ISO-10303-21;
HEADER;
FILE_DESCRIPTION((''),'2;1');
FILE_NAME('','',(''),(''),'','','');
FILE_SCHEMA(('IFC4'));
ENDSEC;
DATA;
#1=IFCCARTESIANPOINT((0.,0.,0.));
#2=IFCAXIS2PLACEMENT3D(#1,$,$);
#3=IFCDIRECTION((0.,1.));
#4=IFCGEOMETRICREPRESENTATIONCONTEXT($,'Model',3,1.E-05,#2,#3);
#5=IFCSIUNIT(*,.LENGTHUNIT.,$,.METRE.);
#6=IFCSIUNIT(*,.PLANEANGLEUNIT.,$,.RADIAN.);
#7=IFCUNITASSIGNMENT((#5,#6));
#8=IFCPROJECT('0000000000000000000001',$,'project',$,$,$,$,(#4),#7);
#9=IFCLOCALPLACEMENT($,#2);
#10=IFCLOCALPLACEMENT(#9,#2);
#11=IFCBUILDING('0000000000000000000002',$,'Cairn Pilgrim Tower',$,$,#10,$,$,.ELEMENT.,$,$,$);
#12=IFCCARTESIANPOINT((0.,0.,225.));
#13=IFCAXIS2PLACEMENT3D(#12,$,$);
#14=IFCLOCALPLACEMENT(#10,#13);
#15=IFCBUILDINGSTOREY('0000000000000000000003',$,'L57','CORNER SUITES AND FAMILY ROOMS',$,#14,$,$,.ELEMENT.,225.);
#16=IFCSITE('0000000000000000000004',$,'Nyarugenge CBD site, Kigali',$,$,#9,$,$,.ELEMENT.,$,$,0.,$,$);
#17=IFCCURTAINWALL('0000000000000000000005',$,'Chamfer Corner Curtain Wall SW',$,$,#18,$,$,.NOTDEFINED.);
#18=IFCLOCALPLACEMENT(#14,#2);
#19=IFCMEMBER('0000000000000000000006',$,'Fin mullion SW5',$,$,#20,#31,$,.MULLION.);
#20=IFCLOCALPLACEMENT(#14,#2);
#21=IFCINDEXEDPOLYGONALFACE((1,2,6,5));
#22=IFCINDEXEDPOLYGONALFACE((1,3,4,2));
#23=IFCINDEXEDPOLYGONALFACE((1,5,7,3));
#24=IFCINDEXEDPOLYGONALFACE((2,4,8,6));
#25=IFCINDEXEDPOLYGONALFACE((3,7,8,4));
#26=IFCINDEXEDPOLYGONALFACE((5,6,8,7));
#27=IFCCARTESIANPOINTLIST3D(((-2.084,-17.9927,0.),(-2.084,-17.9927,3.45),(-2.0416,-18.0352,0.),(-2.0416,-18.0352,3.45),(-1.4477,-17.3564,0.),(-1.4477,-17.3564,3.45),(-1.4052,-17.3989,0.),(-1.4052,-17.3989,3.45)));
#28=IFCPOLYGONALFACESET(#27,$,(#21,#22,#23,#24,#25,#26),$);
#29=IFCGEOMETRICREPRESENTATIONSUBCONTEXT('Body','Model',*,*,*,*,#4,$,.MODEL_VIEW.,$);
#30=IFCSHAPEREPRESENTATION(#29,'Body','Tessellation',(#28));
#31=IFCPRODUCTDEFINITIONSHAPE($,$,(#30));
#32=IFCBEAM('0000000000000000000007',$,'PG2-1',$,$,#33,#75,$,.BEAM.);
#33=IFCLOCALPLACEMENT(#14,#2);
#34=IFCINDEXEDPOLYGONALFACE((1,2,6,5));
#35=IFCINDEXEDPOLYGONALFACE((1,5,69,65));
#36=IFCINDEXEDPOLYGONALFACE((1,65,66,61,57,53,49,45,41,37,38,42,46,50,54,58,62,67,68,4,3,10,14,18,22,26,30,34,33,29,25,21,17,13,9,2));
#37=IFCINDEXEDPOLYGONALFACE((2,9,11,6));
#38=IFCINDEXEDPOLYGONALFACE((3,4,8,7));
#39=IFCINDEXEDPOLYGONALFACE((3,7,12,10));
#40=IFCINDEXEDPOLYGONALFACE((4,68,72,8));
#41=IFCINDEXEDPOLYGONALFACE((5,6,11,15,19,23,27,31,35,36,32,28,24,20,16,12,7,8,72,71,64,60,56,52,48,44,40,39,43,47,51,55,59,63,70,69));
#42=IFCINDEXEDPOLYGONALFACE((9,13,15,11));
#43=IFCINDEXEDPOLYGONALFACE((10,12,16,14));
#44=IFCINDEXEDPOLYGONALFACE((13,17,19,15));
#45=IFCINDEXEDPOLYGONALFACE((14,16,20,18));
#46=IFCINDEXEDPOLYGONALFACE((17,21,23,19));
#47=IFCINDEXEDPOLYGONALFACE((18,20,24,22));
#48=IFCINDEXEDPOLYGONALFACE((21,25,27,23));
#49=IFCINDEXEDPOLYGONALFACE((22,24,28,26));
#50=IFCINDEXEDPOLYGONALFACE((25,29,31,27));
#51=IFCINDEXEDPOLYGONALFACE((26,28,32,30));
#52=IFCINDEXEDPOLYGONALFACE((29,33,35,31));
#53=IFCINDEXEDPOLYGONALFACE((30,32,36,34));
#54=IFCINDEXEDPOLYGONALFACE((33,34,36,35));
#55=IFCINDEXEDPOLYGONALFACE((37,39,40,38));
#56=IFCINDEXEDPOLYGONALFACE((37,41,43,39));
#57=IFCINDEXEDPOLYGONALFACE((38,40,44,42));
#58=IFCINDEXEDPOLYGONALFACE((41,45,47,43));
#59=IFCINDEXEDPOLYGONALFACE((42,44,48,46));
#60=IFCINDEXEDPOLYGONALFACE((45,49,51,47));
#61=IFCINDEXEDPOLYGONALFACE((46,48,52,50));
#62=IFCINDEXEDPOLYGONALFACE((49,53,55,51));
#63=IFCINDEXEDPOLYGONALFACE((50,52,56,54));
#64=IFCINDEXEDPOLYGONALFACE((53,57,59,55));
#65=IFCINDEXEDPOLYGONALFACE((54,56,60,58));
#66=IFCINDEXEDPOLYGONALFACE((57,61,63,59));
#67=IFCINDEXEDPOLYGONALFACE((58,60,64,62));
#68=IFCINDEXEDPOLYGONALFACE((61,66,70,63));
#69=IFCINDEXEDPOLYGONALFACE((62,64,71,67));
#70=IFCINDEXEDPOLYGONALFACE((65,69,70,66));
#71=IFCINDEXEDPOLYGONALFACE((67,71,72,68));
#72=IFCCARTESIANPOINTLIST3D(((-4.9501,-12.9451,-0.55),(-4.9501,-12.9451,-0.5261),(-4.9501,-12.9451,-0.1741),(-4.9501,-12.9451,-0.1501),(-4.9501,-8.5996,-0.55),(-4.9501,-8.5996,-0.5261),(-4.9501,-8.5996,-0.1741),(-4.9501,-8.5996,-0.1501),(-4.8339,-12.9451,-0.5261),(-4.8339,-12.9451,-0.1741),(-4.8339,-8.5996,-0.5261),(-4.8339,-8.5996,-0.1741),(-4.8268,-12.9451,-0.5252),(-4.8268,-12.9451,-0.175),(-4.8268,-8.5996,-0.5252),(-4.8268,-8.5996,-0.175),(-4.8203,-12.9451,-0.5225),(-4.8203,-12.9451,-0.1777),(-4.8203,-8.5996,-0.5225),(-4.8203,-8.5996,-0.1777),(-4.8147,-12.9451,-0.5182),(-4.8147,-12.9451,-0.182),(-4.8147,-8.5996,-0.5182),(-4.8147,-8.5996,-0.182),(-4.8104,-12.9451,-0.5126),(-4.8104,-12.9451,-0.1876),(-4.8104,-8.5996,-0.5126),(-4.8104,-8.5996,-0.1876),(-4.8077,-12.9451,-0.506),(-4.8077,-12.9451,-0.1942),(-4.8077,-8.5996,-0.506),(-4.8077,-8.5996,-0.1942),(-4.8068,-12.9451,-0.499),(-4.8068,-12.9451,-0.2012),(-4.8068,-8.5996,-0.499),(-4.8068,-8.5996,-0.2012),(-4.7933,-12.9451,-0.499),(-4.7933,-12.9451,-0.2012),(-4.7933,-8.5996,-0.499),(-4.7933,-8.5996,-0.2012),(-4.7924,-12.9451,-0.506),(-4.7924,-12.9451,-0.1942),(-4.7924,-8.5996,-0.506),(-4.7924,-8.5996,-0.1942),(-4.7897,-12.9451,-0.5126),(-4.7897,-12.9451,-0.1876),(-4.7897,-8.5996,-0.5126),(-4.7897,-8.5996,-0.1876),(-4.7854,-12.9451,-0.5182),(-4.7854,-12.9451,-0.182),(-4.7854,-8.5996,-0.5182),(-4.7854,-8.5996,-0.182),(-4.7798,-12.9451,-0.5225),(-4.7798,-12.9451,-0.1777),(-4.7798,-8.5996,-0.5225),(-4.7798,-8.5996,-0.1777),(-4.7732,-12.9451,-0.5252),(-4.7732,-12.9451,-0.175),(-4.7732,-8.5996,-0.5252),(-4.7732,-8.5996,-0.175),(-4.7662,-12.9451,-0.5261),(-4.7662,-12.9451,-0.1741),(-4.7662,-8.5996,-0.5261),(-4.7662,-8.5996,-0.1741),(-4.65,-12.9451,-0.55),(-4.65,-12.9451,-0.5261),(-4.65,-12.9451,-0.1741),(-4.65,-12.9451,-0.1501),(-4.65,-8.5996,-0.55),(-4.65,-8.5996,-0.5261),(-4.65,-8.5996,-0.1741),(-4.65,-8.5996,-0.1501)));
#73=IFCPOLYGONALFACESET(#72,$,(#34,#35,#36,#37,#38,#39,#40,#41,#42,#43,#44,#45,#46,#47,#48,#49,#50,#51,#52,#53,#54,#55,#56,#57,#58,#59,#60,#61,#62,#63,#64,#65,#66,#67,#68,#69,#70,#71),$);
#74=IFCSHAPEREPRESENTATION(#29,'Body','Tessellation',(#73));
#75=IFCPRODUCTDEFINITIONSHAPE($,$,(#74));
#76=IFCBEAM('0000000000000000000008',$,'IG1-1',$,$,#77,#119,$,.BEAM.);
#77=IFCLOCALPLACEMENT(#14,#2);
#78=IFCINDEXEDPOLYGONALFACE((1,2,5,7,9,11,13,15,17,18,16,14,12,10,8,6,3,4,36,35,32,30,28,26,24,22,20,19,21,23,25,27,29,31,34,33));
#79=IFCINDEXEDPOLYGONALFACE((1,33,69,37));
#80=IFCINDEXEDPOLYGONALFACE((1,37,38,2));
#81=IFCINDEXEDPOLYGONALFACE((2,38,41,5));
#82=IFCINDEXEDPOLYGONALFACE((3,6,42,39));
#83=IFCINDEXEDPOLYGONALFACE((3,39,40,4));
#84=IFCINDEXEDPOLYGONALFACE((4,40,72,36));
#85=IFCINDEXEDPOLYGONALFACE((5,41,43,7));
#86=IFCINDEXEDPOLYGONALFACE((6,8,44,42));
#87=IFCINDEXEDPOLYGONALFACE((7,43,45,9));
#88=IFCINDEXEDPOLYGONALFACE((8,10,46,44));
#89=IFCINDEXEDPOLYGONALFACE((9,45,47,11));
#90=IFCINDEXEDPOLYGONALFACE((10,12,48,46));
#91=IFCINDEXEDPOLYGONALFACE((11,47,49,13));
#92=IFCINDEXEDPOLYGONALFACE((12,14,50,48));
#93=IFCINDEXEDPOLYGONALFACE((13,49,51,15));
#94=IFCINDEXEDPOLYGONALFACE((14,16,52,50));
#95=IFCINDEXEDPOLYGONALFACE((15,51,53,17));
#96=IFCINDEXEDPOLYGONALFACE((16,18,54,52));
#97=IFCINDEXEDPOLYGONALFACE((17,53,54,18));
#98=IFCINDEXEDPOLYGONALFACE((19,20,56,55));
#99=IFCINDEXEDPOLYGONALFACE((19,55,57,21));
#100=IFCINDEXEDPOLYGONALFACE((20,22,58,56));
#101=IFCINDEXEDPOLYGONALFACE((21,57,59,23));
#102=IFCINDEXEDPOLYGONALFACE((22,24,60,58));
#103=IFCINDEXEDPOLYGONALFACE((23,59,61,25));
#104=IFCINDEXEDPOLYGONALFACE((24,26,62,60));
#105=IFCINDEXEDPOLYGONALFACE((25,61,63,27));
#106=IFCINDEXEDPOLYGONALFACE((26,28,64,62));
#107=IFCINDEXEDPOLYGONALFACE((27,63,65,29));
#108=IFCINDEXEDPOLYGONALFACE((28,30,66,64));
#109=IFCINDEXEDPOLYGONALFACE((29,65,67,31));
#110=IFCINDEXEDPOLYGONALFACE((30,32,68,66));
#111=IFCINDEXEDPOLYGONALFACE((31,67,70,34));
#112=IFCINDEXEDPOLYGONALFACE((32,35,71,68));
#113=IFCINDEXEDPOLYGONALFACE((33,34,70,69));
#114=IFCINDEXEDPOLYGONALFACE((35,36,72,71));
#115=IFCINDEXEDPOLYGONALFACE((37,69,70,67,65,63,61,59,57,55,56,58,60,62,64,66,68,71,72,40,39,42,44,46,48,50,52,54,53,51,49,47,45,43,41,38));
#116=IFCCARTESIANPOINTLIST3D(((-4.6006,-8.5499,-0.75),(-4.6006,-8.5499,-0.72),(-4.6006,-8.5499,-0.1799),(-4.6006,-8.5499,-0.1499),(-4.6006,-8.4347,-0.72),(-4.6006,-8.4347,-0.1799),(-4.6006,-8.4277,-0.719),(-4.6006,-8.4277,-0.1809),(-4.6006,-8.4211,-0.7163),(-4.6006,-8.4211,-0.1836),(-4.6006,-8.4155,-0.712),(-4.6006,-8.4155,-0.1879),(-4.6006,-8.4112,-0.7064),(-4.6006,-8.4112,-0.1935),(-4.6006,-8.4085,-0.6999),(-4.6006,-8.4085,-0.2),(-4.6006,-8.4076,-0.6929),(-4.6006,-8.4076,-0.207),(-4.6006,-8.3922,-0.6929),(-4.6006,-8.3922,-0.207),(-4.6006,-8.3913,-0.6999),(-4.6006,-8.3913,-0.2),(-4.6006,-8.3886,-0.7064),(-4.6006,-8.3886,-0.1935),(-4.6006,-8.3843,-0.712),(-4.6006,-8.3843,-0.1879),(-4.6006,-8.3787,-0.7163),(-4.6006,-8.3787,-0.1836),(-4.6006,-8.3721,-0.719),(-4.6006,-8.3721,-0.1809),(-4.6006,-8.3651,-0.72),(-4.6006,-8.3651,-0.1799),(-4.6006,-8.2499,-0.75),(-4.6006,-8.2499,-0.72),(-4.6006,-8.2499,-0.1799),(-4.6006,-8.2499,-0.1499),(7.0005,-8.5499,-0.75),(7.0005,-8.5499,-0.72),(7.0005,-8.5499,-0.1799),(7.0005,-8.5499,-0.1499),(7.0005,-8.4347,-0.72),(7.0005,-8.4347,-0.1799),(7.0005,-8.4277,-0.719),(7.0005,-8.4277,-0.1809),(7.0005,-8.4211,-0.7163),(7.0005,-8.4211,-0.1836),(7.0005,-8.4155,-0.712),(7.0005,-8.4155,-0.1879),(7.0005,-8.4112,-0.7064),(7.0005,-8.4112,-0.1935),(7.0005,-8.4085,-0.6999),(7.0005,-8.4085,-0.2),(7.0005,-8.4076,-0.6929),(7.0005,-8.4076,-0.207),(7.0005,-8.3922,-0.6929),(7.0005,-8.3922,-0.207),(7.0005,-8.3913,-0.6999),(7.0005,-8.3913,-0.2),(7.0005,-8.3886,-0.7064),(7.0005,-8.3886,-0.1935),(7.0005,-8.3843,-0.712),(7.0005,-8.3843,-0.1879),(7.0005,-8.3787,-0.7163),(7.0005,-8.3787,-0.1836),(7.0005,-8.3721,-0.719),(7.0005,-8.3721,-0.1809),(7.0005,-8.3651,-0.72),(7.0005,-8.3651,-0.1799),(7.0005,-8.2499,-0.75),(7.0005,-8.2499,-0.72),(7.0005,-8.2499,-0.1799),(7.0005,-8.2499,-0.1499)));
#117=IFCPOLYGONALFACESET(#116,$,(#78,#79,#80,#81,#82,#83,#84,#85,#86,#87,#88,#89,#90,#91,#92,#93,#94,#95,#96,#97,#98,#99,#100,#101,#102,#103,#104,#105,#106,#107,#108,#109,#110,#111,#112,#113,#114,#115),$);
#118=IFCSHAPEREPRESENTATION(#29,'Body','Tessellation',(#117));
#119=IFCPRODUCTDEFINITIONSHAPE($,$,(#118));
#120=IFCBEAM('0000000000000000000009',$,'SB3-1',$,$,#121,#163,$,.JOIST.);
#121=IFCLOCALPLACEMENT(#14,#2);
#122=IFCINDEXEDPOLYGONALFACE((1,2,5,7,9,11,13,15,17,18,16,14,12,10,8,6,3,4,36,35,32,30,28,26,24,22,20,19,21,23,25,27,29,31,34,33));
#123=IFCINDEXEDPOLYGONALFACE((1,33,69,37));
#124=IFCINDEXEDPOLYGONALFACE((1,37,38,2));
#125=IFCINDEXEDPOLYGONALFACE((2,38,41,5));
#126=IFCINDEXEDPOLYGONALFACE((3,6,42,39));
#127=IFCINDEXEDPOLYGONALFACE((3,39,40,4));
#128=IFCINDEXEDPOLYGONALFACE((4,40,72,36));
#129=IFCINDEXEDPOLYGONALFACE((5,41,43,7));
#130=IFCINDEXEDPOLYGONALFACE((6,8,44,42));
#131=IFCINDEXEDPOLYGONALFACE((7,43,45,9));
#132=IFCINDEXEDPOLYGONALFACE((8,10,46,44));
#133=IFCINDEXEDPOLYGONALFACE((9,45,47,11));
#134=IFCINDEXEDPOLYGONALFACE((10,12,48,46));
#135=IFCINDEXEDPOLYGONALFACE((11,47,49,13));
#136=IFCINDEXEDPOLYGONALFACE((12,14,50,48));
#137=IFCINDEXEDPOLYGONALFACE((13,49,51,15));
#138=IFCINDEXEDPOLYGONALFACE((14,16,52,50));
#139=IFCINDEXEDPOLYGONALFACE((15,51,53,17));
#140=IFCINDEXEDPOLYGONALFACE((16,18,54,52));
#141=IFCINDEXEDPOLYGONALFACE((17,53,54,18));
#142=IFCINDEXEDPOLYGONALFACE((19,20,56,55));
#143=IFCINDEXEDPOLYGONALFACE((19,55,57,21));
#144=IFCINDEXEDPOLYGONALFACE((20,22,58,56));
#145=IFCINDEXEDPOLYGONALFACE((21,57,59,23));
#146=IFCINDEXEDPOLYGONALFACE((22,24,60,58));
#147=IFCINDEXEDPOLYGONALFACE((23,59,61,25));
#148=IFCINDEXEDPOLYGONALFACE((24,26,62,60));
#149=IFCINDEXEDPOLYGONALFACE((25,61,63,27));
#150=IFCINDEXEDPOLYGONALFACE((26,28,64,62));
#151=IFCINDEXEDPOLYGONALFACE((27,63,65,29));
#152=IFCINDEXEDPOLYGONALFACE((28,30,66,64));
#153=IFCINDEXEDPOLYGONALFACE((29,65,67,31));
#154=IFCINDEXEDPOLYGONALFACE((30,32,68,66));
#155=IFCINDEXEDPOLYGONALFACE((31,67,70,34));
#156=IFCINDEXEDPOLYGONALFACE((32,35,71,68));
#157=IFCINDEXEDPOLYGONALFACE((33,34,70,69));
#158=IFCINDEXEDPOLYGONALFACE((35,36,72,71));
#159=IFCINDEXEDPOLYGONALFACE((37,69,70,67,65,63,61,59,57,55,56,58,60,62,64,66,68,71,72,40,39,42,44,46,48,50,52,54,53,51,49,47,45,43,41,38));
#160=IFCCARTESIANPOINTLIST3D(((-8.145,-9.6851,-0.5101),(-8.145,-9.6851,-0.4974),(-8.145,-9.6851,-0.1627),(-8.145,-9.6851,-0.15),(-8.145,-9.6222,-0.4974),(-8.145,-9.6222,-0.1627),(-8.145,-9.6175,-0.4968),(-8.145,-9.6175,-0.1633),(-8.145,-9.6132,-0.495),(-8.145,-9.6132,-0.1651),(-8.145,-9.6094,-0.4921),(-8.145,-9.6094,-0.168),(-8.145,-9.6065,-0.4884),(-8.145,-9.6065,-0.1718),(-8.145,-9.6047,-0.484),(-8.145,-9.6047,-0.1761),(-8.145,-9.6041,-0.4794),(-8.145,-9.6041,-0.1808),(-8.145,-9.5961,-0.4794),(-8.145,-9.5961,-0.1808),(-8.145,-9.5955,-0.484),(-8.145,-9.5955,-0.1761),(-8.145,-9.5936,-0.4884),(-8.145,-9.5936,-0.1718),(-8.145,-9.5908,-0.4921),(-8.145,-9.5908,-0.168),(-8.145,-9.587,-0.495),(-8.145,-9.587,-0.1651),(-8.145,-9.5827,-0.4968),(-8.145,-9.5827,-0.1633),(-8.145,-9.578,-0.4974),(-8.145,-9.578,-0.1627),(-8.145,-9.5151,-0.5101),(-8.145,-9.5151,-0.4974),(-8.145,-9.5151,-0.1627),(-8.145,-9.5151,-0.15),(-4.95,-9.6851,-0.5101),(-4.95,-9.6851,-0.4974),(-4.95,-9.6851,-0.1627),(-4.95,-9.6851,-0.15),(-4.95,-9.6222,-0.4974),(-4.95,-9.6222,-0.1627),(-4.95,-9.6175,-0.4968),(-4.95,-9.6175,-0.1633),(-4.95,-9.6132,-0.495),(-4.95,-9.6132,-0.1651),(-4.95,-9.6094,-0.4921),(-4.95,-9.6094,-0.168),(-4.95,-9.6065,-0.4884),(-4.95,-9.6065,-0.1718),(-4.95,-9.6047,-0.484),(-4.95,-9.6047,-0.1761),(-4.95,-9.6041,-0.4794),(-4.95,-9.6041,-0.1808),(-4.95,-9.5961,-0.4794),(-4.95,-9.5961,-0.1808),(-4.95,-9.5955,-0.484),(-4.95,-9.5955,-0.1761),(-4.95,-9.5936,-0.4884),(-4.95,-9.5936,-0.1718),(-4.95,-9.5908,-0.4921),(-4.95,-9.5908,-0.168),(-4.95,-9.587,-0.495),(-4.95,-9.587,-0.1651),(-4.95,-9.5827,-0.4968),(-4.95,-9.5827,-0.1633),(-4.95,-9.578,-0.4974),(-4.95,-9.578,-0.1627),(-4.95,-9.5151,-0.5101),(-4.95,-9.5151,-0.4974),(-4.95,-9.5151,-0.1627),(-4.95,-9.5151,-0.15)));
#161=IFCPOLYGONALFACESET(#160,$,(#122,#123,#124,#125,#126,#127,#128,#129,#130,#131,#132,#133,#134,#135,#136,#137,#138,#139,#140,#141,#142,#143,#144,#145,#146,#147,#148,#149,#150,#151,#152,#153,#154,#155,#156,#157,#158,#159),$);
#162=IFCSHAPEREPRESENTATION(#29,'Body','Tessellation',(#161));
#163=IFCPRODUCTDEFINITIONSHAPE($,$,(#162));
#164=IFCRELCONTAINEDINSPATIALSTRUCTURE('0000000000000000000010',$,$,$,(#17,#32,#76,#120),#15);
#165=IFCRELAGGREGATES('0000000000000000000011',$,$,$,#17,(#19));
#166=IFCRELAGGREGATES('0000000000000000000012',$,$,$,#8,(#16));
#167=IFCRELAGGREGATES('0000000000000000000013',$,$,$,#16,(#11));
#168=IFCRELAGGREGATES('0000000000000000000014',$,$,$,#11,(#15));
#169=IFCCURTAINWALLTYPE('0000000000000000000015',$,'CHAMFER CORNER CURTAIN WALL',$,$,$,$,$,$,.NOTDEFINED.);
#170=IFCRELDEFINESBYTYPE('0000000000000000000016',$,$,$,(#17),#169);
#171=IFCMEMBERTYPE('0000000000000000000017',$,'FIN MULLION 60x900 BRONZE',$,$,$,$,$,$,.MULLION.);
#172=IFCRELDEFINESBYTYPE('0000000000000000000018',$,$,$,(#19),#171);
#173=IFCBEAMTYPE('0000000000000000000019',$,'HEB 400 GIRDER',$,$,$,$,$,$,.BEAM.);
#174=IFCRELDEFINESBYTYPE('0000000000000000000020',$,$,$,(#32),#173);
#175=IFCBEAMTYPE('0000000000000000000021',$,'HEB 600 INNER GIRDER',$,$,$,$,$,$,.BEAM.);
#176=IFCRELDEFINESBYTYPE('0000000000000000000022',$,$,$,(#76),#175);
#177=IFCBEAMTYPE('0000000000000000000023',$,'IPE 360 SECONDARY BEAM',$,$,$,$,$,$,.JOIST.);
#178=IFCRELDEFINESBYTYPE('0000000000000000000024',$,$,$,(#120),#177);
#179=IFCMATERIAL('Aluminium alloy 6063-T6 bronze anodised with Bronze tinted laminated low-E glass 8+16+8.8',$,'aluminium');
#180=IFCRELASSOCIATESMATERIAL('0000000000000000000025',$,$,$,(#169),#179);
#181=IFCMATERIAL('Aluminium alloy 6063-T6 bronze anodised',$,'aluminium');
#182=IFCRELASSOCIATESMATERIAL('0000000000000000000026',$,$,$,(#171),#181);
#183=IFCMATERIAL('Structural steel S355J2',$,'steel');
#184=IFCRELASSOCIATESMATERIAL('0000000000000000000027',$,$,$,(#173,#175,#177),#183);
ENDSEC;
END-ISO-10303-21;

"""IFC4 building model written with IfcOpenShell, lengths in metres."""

from ifc_helpers import new_model, si_unit, direction, frame, origin, origin_2d, place, context, subcontext, project, spatial, rectangle, i_section, extrude, material, material_profile, profile_set, type_object, element, aggregate, save


model = new_model("IFC4")

# Units and contexts
model_context = context("Model", 3, precision=1e-05, world=origin(), true_north=direction((0.0, 1.0)))
body_context = subcontext(model_context, "Body", "Model", "MODEL_VIEW")
ifc_project = project(units=[si_unit("LENGTHUNIT", "METRE"), si_unit("PLANEANGLEUNIT", "RADIAN")], contexts=[model_context])

# Site, building, storey
site_placement = place(None, origin())
site = spatial("IfcSite", under=ifc_project, at=site_placement, Name="Nyarugenge CBD site, Kigali", CompositionType="ELEMENT", RefElevation=0.0)
building_placement = place(site_placement, origin())
building = spatial("IfcBuilding", under=site, at=building_placement, Name="Cairn Pilgrim Tower", CompositionType="ELEMENT")
storey_placement = place(building_placement, frame((0.0, 0.0, 225.0)))
storey = spatial("IfcBuildingStorey", under=building, at=storey_placement, Name="L57", Description="CORNER SUITES AND FAMILY ROOMS", CompositionType="ELEMENT", Elevation=225.0)

# Shared definitions
ifc_material_1 = material(Name="Structural steel S355J2", Category="steel")

# Curtain wall, member
ifc_material_2 = material(Name="Aluminium alloy 6063-T6 bronze anodised with Bronze tinted laminated low-E glass 8+16+8.8", Category="aluminium")
curtain_wall_type = type_object("IfcCurtainWallType", Name="CHAMFER CORNER CURTAIN WALL", PredefinedType="NOTDEFINED", material=ifc_material_2)
curtain_wall_placement = place(storey_placement, origin())
curtain_wall = element("IfcCurtainWall", 1, at=curtain_wall_placement, inside=storey, type_object=curtain_wall_type, Name="Chamfer Corner Curtain Wall SW", PredefinedType="NOTDEFINED")
ifc_material_3 = material(Name="Aluminium alloy 6063-T6 bronze anodised", Category="aluminium")
ifc_material_profile_1 = material_profile(ifc_material_3, rectangle(XDim=0.8999, YDim=0.0601, at=origin_2d()), Name="FIN MULLION 60x900 BRONZE")
ifc_profile_set_1 = profile_set([ifc_material_profile_1], Name="Aluminium alloy 6063-T6 bronze anodised")
member_type_1 = type_object("IfcMemberType", Name="FIN MULLION 60x900 BRONZE", PredefinedType="MULLION", material=ifc_profile_set_1)
member_1_placement = place(storey_placement, frame((-1.7446, -17.6958, 0.0), z_axis=(0.0, 0.0, 1.0), x_axis=(-0.707107, -0.707107, 0.0)))
member_1 = element("IfcMember", 2, at=member_1_placement, type_object=member_type_1, Name="Fin mullion SW5", PredefinedType="MULLION", context=body_context, shape_type="SweptSolid", body=[
    extrude(rectangle(XDim=0.8999, YDim=0.0601, at=origin_2d()), origin(), (0.0, 0.0, 1.0), 3.45),
])

# Beams
ifc_material_profile_2 = material_profile(ifc_material_1, i_section(OverallWidth=0.3, OverallDepth=0.3999, WebThickness=0.0134, FlangeThickness=0.0239, FilletRadius=0.0271, at=origin_2d()), Name="HEB 400")
ifc_profile_set_2 = profile_set([ifc_material_profile_2], Name="Structural steel S355J2")
beam_type_1 = type_object("IfcBeamType", Name="HEB 400 GIRDER", PredefinedType="BEAM", material=ifc_profile_set_2)
beam_1_placement = place(storey_placement, frame((-4.8, -12.9451, -0.3501), z_axis=(0.0, 1.0, 0.0), x_axis=(-1.0, 0.0, 0.0)))
element("IfcBeam", 3, at=beam_1_placement, inside=storey, type_object=beam_type_1, Name="PG2-1", PredefinedType="BEAM", context=body_context, shape_type="SweptSolid", body=[
    extrude(i_section(OverallWidth=0.3, OverallDepth=0.3999, WebThickness=0.0134, FlangeThickness=0.0239, FilletRadius=0.0271, at=origin_2d()), origin(), (0.0, 0.0, 1.0), 4.3455),
])
ifc_material_profile_3 = material_profile(ifc_material_1, i_section(OverallWidth=0.3, OverallDepth=0.6001, WebThickness=0.0154, FlangeThickness=0.03, FilletRadius=0.0271, at=origin_2d()), Name="HEB 600")
ifc_profile_set_3 = profile_set([ifc_material_profile_3], Name="Structural steel S355J2")
beam_type_2 = type_object("IfcBeamType", Name="HEB 600 INNER GIRDER", PredefinedType="BEAM", material=ifc_profile_set_3)
beam_2_placement = place(storey_placement, frame((-4.6006, -8.3999, -0.45), z_axis=(1.0, 0.0, 0.0), x_axis=(0.0, 1.0, 0.0)))
element("IfcBeam", 4, at=beam_2_placement, inside=storey, type_object=beam_type_2, Name="IG1-1", PredefinedType="BEAM", context=body_context, shape_type="SweptSolid", body=[
    extrude(i_section(OverallWidth=0.3, OverallDepth=0.6001, WebThickness=0.0154, FlangeThickness=0.03, FilletRadius=0.0271, at=origin_2d()), origin(), (0.0, 0.0, 1.0), 11.6011),
])
ifc_material_profile_4 = material_profile(ifc_material_1, i_section(OverallWidth=0.1699, OverallDepth=0.3601, WebThickness=0.0081, FlangeThickness=0.0127, FilletRadius=0.0181, at=origin_2d()), Name="IPE 360")
ifc_profile_set_4 = profile_set([ifc_material_profile_4], Name="Structural steel S355J2")
beam_type_3 = type_object("IfcBeamType", Name="IPE 360 SECONDARY BEAM", PredefinedType="JOIST", material=ifc_profile_set_4)
beam_3_placement = place(storey_placement, frame((-8.145, -9.6001, -0.3301), z_axis=(1.0, 0.0, 0.0), x_axis=(0.0, 1.0, 0.0)))
element("IfcBeam", 5, at=beam_3_placement, inside=storey, type_object=beam_type_3, Name="SB3-1", PredefinedType="JOIST", context=body_context, shape_type="SweptSolid", body=[
    extrude(i_section(OverallWidth=0.1699, OverallDepth=0.3601, WebThickness=0.0081, FlangeThickness=0.0127, FilletRadius=0.0181, at=origin_2d()), origin(), (0.0, 0.0, 1.0), 3.1951),
])

aggregate(curtain_wall, [member_1])

save(model, "model.ifc")
